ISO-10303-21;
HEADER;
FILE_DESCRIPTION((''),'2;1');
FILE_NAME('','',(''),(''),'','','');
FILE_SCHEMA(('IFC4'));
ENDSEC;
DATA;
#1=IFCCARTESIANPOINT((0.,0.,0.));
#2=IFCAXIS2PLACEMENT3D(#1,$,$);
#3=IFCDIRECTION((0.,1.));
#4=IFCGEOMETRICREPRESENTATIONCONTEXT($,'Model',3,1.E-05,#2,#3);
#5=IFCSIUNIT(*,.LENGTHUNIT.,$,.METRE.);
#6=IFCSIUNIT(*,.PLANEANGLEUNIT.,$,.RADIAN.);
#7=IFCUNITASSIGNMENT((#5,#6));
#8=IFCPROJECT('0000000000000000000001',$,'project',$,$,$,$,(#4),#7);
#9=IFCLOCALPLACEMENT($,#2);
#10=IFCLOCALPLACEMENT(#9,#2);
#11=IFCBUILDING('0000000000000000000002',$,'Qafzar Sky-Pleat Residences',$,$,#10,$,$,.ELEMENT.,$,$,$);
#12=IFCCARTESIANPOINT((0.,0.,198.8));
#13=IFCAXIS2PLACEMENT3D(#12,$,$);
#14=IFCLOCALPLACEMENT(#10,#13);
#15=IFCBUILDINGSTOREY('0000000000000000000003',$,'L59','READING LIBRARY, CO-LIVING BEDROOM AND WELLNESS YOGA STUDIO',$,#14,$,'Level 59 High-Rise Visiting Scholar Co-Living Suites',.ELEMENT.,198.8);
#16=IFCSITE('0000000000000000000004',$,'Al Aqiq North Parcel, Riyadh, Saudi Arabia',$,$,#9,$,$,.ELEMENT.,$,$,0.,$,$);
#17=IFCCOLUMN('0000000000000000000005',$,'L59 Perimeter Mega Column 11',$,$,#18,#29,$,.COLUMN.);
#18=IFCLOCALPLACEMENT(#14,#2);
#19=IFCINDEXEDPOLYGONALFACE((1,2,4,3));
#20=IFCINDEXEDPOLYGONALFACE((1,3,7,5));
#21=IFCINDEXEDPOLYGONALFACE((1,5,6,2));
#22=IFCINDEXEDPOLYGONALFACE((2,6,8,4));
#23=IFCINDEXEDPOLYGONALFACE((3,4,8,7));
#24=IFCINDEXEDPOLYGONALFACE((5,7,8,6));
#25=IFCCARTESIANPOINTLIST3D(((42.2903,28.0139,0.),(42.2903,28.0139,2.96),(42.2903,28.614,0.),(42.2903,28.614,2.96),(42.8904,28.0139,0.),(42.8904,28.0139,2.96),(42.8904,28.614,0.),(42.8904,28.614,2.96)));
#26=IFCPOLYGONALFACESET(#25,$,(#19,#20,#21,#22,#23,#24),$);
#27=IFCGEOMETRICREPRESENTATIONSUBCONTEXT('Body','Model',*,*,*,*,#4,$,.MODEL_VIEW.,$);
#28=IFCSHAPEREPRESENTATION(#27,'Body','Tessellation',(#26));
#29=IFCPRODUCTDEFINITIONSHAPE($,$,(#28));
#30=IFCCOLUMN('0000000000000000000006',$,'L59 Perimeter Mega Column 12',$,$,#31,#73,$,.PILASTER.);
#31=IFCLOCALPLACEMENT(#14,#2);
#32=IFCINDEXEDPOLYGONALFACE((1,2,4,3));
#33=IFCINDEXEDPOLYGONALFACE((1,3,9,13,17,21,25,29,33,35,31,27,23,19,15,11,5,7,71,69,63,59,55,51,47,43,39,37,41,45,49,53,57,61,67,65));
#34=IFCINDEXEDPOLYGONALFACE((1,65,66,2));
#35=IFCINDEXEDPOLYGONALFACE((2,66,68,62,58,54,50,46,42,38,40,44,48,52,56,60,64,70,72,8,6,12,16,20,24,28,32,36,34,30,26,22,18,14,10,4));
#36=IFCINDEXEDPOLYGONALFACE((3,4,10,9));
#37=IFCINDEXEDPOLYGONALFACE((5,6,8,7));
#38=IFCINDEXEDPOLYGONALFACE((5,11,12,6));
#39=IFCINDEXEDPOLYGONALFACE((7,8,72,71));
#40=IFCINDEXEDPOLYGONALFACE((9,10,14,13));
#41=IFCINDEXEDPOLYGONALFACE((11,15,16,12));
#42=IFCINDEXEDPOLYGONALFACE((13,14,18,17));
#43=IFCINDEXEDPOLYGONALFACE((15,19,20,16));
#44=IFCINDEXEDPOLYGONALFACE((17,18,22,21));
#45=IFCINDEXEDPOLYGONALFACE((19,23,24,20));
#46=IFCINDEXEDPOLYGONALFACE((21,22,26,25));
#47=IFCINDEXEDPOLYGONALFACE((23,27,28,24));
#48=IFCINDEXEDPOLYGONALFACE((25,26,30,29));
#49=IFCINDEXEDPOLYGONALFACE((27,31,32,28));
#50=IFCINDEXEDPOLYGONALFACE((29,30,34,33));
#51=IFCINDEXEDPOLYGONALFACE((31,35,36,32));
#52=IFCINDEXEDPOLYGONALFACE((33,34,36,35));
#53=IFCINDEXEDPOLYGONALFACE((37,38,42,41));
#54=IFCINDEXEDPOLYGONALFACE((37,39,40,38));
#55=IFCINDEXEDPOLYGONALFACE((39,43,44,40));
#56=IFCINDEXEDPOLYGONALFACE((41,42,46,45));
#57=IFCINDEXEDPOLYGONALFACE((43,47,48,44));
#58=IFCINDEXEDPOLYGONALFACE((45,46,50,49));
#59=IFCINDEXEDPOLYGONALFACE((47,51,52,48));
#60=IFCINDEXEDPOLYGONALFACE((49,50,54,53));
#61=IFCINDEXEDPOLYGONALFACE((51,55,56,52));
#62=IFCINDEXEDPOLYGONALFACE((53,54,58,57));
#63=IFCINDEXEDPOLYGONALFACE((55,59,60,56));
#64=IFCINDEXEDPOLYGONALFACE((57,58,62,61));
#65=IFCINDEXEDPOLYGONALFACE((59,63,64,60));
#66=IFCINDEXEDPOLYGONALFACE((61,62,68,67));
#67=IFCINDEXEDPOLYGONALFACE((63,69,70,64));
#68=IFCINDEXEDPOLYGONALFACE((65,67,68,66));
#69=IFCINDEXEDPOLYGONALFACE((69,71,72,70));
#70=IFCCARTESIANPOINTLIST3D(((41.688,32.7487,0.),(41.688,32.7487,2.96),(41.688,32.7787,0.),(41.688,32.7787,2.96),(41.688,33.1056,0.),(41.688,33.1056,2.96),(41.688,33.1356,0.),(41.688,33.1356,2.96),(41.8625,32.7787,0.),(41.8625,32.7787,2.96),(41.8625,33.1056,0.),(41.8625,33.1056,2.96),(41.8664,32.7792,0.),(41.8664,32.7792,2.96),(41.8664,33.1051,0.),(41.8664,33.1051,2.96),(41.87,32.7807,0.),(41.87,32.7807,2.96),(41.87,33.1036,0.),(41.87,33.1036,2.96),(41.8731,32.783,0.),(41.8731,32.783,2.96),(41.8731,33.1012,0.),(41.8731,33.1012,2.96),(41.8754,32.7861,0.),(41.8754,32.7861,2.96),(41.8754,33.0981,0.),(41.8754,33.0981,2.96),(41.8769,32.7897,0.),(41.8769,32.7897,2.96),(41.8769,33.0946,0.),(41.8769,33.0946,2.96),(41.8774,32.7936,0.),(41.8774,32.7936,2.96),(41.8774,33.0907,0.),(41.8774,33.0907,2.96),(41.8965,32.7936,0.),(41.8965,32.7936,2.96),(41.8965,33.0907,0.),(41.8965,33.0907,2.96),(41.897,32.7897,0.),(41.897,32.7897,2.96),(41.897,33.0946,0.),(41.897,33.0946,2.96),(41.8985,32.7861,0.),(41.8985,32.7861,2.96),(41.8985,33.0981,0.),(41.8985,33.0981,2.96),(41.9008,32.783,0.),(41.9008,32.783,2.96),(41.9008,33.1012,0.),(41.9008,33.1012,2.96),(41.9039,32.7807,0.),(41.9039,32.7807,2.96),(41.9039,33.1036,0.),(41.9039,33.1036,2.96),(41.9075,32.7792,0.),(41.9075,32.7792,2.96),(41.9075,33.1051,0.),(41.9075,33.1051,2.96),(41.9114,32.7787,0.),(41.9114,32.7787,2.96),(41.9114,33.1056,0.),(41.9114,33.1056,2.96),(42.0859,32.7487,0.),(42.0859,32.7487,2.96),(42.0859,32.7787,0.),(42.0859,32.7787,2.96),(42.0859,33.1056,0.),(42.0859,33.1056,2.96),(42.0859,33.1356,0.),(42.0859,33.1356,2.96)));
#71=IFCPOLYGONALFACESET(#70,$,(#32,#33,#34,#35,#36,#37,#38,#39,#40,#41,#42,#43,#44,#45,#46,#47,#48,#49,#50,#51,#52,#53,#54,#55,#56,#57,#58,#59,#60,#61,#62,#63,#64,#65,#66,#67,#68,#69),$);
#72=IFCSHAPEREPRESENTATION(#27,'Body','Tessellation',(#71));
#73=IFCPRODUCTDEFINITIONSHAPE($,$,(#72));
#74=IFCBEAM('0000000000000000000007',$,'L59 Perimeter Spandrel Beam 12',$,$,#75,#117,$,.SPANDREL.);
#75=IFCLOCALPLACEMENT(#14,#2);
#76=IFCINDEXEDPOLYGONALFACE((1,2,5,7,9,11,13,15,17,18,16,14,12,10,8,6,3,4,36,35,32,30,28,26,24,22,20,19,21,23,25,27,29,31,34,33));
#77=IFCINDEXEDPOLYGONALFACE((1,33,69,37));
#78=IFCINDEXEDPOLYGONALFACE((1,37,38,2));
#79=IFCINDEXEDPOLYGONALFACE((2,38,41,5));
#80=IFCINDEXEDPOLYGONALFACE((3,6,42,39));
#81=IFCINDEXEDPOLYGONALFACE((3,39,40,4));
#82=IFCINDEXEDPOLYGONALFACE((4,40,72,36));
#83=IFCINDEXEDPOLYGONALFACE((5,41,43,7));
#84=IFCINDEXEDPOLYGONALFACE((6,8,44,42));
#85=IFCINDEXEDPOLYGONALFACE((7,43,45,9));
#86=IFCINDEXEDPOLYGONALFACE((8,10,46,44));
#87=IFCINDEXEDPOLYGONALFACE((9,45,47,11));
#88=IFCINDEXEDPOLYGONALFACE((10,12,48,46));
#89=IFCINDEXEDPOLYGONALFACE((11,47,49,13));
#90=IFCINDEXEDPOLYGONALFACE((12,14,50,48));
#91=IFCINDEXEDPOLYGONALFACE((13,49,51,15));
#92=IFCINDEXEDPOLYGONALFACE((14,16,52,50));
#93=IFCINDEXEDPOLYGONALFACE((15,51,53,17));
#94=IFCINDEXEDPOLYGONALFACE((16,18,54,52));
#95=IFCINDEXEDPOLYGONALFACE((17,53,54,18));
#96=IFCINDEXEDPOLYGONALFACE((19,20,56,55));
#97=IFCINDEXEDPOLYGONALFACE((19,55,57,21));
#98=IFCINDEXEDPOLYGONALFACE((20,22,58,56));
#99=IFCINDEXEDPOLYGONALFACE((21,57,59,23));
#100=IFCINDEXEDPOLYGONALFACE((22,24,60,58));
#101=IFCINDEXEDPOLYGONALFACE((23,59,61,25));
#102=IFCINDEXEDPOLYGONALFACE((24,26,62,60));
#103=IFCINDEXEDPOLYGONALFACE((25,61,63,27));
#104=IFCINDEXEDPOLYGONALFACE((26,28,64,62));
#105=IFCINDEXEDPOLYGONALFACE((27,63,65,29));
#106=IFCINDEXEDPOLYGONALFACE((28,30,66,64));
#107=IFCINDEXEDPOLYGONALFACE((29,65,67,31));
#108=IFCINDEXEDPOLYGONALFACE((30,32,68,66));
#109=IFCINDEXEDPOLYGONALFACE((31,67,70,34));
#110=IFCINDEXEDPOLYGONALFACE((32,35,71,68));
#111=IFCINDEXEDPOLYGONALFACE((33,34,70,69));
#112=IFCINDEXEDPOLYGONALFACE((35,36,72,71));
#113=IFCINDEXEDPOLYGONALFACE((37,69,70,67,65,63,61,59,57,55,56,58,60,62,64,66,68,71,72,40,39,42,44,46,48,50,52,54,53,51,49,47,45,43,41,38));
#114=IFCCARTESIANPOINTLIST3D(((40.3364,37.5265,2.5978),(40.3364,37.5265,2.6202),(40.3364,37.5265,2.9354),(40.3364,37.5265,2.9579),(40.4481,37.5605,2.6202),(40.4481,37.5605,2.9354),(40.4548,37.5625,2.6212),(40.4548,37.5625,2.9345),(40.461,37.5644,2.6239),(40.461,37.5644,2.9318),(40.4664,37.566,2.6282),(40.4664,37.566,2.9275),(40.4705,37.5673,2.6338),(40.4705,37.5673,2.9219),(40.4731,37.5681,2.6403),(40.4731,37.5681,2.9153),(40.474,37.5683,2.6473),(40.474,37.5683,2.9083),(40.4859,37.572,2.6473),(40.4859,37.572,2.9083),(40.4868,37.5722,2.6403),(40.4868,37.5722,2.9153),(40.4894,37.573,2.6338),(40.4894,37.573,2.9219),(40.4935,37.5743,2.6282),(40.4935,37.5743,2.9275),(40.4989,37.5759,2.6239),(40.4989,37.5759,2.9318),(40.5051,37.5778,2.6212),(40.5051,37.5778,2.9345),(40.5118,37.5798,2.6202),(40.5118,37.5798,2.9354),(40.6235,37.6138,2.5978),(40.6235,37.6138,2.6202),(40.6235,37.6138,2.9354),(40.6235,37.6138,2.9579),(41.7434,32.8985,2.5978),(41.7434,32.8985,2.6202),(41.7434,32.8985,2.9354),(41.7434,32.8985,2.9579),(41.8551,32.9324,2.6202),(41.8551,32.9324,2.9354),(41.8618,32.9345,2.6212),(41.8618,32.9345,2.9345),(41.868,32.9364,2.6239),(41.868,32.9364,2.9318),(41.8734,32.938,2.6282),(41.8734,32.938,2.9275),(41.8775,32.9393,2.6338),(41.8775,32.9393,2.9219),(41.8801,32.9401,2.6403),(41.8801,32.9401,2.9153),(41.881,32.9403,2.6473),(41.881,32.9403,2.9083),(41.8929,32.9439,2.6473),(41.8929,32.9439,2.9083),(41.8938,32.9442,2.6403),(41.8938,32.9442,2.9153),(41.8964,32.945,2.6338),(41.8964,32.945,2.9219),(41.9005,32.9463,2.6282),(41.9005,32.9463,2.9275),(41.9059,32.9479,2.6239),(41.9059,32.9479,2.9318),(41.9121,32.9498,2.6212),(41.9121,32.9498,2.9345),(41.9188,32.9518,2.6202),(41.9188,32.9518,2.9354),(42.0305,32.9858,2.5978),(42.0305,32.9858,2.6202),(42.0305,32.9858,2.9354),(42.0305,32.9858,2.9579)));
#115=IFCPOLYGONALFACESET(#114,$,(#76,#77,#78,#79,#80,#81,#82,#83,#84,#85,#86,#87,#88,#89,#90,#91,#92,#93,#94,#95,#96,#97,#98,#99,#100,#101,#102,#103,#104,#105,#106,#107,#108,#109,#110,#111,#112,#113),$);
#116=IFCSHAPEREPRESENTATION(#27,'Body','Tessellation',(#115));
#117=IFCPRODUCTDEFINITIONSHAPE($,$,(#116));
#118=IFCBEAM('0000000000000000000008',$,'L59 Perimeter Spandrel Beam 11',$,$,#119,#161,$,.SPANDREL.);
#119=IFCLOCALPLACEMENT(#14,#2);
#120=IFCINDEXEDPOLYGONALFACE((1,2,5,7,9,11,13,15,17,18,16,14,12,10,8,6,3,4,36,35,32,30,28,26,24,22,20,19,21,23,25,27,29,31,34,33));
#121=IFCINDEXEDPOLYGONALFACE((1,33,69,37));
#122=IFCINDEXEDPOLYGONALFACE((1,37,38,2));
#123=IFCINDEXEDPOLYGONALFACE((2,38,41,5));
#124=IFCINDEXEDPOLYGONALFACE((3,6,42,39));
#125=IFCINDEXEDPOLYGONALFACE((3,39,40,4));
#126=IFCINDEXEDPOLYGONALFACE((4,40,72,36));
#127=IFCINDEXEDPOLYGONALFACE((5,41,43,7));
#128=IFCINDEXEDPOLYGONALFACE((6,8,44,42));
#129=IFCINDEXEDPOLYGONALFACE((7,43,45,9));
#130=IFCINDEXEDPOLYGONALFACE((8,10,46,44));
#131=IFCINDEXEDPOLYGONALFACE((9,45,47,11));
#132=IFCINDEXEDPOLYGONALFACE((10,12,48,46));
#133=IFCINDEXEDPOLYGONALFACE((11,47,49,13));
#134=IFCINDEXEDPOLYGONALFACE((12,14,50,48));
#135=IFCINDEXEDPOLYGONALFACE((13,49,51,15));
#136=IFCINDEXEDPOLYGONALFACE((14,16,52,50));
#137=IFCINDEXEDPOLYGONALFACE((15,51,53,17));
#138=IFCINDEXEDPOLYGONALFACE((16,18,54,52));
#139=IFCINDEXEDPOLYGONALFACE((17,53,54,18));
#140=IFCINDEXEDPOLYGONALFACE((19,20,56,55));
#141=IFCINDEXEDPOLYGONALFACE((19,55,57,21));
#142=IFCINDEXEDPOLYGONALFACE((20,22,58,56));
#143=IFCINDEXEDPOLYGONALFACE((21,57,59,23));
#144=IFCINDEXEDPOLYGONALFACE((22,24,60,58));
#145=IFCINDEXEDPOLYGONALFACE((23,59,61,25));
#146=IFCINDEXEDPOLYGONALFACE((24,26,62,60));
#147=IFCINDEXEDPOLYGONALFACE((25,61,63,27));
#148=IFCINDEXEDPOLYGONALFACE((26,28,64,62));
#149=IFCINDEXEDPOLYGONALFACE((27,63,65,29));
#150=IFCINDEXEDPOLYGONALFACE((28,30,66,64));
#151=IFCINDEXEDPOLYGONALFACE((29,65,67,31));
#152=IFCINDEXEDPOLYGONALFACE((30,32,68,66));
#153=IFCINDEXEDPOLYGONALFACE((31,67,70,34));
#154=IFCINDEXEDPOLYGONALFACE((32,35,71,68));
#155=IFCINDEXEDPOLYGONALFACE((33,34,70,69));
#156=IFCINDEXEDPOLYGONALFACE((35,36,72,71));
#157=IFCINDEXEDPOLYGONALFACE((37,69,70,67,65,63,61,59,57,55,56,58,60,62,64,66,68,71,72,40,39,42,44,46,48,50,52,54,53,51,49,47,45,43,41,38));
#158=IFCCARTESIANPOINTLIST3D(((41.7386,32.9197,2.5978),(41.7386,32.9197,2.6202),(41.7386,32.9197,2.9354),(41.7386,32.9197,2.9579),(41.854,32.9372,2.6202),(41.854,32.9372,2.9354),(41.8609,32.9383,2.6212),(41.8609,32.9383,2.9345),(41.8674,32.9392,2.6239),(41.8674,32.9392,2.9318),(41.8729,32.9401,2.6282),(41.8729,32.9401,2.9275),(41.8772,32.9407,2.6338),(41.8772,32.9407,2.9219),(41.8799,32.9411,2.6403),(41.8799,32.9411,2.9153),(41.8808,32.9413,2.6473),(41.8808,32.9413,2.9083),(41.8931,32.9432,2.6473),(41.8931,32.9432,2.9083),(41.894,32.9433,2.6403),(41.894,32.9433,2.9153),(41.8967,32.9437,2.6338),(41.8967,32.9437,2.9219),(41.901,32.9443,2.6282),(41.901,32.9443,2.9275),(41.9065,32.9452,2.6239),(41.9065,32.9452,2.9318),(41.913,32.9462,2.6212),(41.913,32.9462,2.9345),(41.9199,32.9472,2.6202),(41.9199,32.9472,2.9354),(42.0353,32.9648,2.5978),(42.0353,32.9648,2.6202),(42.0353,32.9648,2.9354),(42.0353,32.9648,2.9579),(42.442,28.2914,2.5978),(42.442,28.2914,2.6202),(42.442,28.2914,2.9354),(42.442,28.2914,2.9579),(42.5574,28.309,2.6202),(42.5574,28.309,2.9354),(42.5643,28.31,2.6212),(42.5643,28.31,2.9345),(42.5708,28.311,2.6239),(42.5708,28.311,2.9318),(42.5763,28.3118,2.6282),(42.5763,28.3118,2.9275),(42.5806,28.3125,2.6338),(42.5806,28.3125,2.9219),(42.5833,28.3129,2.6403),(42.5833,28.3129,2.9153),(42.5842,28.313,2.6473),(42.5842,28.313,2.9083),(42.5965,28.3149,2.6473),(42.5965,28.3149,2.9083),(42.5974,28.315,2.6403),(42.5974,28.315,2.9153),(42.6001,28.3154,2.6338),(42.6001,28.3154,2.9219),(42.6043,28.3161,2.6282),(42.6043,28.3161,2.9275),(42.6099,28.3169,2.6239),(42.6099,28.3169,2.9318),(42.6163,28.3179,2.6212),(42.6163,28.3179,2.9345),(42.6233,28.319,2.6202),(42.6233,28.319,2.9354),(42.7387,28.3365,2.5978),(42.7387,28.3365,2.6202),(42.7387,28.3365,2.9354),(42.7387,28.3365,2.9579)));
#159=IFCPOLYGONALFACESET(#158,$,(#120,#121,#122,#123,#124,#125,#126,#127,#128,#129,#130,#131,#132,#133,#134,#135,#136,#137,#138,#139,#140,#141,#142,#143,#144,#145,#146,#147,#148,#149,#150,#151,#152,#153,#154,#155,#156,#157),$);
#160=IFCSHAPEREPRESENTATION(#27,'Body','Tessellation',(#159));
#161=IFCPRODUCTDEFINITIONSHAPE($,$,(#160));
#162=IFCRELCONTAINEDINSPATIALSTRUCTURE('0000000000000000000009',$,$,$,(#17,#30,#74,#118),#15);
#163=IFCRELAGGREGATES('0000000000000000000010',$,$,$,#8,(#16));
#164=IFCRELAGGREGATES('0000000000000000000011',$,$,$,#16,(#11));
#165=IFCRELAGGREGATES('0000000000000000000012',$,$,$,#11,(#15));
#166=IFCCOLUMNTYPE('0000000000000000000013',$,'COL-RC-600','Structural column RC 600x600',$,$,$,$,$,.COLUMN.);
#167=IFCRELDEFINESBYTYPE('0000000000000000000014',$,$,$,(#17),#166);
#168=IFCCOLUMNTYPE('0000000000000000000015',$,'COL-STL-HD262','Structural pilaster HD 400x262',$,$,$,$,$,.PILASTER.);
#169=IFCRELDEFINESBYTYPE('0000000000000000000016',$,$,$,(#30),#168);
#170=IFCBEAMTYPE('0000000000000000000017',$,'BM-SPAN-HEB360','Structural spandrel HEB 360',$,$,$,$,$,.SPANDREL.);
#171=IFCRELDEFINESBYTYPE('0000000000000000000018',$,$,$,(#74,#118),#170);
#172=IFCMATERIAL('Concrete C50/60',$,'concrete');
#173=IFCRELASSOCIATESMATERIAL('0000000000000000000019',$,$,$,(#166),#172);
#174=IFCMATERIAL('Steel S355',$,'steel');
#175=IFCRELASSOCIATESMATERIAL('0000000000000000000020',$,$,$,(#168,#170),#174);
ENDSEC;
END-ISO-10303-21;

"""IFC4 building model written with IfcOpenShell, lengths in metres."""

from ifc_helpers import new_model, si_unit, direction, frame, origin, origin_2d, place, context, subcontext, project, spatial, rectangle, i_section, extrude, source, transform, mapped, material, material_profile, profile_set, type_object, element, save


model = new_model("IFC4")

# Units and contexts
model_context = context("Model", 3, precision=1e-05, world=origin(), true_north=direction((0.0, 1.0)))
body_context = subcontext(model_context, "Body", "Model", "MODEL_VIEW")
ifc_project = project(units=[si_unit("LENGTHUNIT", "METRE"), si_unit("PLANEANGLEUNIT", "RADIAN")], contexts=[model_context])

# Site, building, storey
site_placement = place(None, origin())
site = spatial("IfcSite", under=ifc_project, at=site_placement, Name="Al Aqiq North Parcel, Riyadh, Saudi Arabia", CompositionType="ELEMENT", RefElevation=0.0)
building_placement = place(site_placement, origin())
building = spatial("IfcBuilding", under=site, at=building_placement, Name="Qafzar Sky-Pleat Residences", CompositionType="ELEMENT")
storey_placement = place(building_placement, frame((0.0, 0.0, 198.8)))
storey = spatial("IfcBuildingStorey", under=building, at=storey_placement, Name="L59", Description="READING LIBRARY, CO-LIVING BEDROOM AND WELLNESS YOGA STUDIO", LongName="Level 59 High-Rise Visiting Scholar Co-Living Suites", CompositionType="ELEMENT", Elevation=198.8)

# Columns
ifc_material_1 = material(Name="Concrete C50/60", Category="concrete")
ifc_material_profile_1 = material_profile(ifc_material_1, rectangle(XDim=0.6001, YDim=0.6001, at=origin_2d()), Name="RC 600x600")
ifc_profile_set_1 = profile_set([ifc_material_profile_1], Name="Concrete C50/60")
column_type_1 = type_object("IfcColumnType", Name="COL-RC-600", Description="Structural column RC 600x600", PredefinedType="COLUMN", material=ifc_profile_set_1)
shared_shape_1 = source(origin(), body_context, "Body", "SweptSolid", [
    extrude(rectangle(XDim=0.6001, YDim=0.6001, at=origin_2d()), origin(), (0.0, 0.0, 1.0), 2.96),
])
column_1_placement = place(storey_placement, frame((42.5903, 28.314, 0.0), z_axis=(0.0, 0.0, 1.0), x_axis=(1.0, 0.0, 0.0)))
element("IfcColumn", 1, at=column_1_placement, inside=storey, type_object=column_type_1, Name="L59 Perimeter Mega Column 11", PredefinedType="COLUMN", context=body_context, shape_type="MappedRepresentation", body=[
    mapped(shared_shape_1, transform((0.0, 0.0, 0.0), x_axis=(1.0, 0.0, 0.0), y_axis=(0.0, 1.0, 0.0), z_axis=(0.0, 0.0, 1.0), scale=1.0)),
])
ifc_material_2 = material(Name="Steel S355", Category="steel")
ifc_material_profile_2 = material_profile(ifc_material_2, i_section(OverallWidth=0.3979, OverallDepth=0.387, WebThickness=0.019, FlangeThickness=0.03, FilletRadius=0.0149, at=origin_2d()), Name="HD 400x262")
ifc_profile_set_2 = profile_set([ifc_material_profile_2], Name="Steel S355")
column_type_2 = type_object("IfcColumnType", Name="COL-STL-HD262", Description="Structural pilaster HD 400x262", PredefinedType="PILASTER", material=ifc_profile_set_2)
shared_shape_2 = source(origin(), body_context, "Body", "SweptSolid", [
    extrude(i_section(OverallWidth=0.3979, OverallDepth=0.387, WebThickness=0.019, FlangeThickness=0.03, FilletRadius=0.0149, at=origin_2d()), origin(), (0.0, 0.0, 1.0), 2.96),
])
column_2_placement = place(storey_placement, frame((41.887, 32.9421, 0.0), z_axis=(0.0, 0.0, 1.0), x_axis=(1.0, 0.0, 0.0)))
element("IfcColumn", 2, at=column_2_placement, inside=storey, type_object=column_type_2, Name="L59 Perimeter Mega Column 12", PredefinedType="PILASTER", context=body_context, shape_type="MappedRepresentation", body=[
    mapped(shared_shape_2, transform((0.0, 0.0, 0.0), x_axis=(1.0, 0.0, 0.0), y_axis=(0.0, 1.0, 0.0), z_axis=(0.0, 0.0, 1.0), scale=1.0)),
])

# Beams
ifc_material_profile_3 = material_profile(ifc_material_2, i_section(OverallWidth=0.3, OverallDepth=0.3601, WebThickness=0.0125, FlangeThickness=0.0225, FilletRadius=0.0271, at=origin_2d()), Name="HEB 360")
ifc_profile_set_3 = profile_set([ifc_material_profile_3], Name="Steel S355")
beam_type_1 = type_object("IfcBeamType", Name="BM-SPAN-HEB360", Description="Structural spandrel HEB 360", PredefinedType="SPANDREL", material=ifc_profile_set_3)
shared_shape_3 = source(origin(), body_context, "Body", "SweptSolid", [
    extrude(i_section(OverallWidth=0.3, OverallDepth=0.3601, WebThickness=0.0125, FlangeThickness=0.0225, FilletRadius=0.0271, at=origin_2d()), origin(), (0.0, 0.0, 1.0), 4.8372),
])
beam_1_placement = place(storey_placement, frame((41.887, 32.9421, 2.7778), z_axis=(-0.290874, 0.956761, 0.0), x_axis=(-0.956761, -0.290874, 0.0)))
element("IfcBeam", 3, at=beam_1_placement, inside=storey, type_object=beam_type_1, Name="L59 Perimeter Spandrel Beam 12", PredefinedType="SPANDREL", context=body_context, shape_type="MappedRepresentation", body=[
    mapped(shared_shape_3, transform((0.0, 0.0, 0.0), x_axis=(1.0, 0.0, 0.0), y_axis=(0.0, 1.0, 0.0), z_axis=(0.0, 0.0, 1.0), scale=1.0)),
])
shared_shape_4 = source(origin(), body_context, "Body", "SweptSolid", [
    extrude(i_section(OverallWidth=0.3, OverallDepth=0.3601, WebThickness=0.0125, FlangeThickness=0.0225, FilletRadius=0.0271, at=origin_2d()), origin(), (0.0, 0.0, 1.0), 4.6814),
])
beam_2_placement = place(storey_placement, frame((42.5903, 28.314, 2.7778), z_axis=(-0.15025, 0.988648, 0.0), x_axis=(-0.988648, -0.15025, 0.0)))
element("IfcBeam", 4, at=beam_2_placement, inside=storey, type_object=beam_type_1, Name="L59 Perimeter Spandrel Beam 11", PredefinedType="SPANDREL", context=body_context, shape_type="MappedRepresentation", body=[
    mapped(shared_shape_4, transform((0.0, 0.0, 0.0), x_axis=(1.0, 0.0, 0.0), y_axis=(0.0, 1.0, 0.0), z_axis=(0.0, 0.0, 1.0), scale=1.0)),
])

save(model, "model.ifc")
